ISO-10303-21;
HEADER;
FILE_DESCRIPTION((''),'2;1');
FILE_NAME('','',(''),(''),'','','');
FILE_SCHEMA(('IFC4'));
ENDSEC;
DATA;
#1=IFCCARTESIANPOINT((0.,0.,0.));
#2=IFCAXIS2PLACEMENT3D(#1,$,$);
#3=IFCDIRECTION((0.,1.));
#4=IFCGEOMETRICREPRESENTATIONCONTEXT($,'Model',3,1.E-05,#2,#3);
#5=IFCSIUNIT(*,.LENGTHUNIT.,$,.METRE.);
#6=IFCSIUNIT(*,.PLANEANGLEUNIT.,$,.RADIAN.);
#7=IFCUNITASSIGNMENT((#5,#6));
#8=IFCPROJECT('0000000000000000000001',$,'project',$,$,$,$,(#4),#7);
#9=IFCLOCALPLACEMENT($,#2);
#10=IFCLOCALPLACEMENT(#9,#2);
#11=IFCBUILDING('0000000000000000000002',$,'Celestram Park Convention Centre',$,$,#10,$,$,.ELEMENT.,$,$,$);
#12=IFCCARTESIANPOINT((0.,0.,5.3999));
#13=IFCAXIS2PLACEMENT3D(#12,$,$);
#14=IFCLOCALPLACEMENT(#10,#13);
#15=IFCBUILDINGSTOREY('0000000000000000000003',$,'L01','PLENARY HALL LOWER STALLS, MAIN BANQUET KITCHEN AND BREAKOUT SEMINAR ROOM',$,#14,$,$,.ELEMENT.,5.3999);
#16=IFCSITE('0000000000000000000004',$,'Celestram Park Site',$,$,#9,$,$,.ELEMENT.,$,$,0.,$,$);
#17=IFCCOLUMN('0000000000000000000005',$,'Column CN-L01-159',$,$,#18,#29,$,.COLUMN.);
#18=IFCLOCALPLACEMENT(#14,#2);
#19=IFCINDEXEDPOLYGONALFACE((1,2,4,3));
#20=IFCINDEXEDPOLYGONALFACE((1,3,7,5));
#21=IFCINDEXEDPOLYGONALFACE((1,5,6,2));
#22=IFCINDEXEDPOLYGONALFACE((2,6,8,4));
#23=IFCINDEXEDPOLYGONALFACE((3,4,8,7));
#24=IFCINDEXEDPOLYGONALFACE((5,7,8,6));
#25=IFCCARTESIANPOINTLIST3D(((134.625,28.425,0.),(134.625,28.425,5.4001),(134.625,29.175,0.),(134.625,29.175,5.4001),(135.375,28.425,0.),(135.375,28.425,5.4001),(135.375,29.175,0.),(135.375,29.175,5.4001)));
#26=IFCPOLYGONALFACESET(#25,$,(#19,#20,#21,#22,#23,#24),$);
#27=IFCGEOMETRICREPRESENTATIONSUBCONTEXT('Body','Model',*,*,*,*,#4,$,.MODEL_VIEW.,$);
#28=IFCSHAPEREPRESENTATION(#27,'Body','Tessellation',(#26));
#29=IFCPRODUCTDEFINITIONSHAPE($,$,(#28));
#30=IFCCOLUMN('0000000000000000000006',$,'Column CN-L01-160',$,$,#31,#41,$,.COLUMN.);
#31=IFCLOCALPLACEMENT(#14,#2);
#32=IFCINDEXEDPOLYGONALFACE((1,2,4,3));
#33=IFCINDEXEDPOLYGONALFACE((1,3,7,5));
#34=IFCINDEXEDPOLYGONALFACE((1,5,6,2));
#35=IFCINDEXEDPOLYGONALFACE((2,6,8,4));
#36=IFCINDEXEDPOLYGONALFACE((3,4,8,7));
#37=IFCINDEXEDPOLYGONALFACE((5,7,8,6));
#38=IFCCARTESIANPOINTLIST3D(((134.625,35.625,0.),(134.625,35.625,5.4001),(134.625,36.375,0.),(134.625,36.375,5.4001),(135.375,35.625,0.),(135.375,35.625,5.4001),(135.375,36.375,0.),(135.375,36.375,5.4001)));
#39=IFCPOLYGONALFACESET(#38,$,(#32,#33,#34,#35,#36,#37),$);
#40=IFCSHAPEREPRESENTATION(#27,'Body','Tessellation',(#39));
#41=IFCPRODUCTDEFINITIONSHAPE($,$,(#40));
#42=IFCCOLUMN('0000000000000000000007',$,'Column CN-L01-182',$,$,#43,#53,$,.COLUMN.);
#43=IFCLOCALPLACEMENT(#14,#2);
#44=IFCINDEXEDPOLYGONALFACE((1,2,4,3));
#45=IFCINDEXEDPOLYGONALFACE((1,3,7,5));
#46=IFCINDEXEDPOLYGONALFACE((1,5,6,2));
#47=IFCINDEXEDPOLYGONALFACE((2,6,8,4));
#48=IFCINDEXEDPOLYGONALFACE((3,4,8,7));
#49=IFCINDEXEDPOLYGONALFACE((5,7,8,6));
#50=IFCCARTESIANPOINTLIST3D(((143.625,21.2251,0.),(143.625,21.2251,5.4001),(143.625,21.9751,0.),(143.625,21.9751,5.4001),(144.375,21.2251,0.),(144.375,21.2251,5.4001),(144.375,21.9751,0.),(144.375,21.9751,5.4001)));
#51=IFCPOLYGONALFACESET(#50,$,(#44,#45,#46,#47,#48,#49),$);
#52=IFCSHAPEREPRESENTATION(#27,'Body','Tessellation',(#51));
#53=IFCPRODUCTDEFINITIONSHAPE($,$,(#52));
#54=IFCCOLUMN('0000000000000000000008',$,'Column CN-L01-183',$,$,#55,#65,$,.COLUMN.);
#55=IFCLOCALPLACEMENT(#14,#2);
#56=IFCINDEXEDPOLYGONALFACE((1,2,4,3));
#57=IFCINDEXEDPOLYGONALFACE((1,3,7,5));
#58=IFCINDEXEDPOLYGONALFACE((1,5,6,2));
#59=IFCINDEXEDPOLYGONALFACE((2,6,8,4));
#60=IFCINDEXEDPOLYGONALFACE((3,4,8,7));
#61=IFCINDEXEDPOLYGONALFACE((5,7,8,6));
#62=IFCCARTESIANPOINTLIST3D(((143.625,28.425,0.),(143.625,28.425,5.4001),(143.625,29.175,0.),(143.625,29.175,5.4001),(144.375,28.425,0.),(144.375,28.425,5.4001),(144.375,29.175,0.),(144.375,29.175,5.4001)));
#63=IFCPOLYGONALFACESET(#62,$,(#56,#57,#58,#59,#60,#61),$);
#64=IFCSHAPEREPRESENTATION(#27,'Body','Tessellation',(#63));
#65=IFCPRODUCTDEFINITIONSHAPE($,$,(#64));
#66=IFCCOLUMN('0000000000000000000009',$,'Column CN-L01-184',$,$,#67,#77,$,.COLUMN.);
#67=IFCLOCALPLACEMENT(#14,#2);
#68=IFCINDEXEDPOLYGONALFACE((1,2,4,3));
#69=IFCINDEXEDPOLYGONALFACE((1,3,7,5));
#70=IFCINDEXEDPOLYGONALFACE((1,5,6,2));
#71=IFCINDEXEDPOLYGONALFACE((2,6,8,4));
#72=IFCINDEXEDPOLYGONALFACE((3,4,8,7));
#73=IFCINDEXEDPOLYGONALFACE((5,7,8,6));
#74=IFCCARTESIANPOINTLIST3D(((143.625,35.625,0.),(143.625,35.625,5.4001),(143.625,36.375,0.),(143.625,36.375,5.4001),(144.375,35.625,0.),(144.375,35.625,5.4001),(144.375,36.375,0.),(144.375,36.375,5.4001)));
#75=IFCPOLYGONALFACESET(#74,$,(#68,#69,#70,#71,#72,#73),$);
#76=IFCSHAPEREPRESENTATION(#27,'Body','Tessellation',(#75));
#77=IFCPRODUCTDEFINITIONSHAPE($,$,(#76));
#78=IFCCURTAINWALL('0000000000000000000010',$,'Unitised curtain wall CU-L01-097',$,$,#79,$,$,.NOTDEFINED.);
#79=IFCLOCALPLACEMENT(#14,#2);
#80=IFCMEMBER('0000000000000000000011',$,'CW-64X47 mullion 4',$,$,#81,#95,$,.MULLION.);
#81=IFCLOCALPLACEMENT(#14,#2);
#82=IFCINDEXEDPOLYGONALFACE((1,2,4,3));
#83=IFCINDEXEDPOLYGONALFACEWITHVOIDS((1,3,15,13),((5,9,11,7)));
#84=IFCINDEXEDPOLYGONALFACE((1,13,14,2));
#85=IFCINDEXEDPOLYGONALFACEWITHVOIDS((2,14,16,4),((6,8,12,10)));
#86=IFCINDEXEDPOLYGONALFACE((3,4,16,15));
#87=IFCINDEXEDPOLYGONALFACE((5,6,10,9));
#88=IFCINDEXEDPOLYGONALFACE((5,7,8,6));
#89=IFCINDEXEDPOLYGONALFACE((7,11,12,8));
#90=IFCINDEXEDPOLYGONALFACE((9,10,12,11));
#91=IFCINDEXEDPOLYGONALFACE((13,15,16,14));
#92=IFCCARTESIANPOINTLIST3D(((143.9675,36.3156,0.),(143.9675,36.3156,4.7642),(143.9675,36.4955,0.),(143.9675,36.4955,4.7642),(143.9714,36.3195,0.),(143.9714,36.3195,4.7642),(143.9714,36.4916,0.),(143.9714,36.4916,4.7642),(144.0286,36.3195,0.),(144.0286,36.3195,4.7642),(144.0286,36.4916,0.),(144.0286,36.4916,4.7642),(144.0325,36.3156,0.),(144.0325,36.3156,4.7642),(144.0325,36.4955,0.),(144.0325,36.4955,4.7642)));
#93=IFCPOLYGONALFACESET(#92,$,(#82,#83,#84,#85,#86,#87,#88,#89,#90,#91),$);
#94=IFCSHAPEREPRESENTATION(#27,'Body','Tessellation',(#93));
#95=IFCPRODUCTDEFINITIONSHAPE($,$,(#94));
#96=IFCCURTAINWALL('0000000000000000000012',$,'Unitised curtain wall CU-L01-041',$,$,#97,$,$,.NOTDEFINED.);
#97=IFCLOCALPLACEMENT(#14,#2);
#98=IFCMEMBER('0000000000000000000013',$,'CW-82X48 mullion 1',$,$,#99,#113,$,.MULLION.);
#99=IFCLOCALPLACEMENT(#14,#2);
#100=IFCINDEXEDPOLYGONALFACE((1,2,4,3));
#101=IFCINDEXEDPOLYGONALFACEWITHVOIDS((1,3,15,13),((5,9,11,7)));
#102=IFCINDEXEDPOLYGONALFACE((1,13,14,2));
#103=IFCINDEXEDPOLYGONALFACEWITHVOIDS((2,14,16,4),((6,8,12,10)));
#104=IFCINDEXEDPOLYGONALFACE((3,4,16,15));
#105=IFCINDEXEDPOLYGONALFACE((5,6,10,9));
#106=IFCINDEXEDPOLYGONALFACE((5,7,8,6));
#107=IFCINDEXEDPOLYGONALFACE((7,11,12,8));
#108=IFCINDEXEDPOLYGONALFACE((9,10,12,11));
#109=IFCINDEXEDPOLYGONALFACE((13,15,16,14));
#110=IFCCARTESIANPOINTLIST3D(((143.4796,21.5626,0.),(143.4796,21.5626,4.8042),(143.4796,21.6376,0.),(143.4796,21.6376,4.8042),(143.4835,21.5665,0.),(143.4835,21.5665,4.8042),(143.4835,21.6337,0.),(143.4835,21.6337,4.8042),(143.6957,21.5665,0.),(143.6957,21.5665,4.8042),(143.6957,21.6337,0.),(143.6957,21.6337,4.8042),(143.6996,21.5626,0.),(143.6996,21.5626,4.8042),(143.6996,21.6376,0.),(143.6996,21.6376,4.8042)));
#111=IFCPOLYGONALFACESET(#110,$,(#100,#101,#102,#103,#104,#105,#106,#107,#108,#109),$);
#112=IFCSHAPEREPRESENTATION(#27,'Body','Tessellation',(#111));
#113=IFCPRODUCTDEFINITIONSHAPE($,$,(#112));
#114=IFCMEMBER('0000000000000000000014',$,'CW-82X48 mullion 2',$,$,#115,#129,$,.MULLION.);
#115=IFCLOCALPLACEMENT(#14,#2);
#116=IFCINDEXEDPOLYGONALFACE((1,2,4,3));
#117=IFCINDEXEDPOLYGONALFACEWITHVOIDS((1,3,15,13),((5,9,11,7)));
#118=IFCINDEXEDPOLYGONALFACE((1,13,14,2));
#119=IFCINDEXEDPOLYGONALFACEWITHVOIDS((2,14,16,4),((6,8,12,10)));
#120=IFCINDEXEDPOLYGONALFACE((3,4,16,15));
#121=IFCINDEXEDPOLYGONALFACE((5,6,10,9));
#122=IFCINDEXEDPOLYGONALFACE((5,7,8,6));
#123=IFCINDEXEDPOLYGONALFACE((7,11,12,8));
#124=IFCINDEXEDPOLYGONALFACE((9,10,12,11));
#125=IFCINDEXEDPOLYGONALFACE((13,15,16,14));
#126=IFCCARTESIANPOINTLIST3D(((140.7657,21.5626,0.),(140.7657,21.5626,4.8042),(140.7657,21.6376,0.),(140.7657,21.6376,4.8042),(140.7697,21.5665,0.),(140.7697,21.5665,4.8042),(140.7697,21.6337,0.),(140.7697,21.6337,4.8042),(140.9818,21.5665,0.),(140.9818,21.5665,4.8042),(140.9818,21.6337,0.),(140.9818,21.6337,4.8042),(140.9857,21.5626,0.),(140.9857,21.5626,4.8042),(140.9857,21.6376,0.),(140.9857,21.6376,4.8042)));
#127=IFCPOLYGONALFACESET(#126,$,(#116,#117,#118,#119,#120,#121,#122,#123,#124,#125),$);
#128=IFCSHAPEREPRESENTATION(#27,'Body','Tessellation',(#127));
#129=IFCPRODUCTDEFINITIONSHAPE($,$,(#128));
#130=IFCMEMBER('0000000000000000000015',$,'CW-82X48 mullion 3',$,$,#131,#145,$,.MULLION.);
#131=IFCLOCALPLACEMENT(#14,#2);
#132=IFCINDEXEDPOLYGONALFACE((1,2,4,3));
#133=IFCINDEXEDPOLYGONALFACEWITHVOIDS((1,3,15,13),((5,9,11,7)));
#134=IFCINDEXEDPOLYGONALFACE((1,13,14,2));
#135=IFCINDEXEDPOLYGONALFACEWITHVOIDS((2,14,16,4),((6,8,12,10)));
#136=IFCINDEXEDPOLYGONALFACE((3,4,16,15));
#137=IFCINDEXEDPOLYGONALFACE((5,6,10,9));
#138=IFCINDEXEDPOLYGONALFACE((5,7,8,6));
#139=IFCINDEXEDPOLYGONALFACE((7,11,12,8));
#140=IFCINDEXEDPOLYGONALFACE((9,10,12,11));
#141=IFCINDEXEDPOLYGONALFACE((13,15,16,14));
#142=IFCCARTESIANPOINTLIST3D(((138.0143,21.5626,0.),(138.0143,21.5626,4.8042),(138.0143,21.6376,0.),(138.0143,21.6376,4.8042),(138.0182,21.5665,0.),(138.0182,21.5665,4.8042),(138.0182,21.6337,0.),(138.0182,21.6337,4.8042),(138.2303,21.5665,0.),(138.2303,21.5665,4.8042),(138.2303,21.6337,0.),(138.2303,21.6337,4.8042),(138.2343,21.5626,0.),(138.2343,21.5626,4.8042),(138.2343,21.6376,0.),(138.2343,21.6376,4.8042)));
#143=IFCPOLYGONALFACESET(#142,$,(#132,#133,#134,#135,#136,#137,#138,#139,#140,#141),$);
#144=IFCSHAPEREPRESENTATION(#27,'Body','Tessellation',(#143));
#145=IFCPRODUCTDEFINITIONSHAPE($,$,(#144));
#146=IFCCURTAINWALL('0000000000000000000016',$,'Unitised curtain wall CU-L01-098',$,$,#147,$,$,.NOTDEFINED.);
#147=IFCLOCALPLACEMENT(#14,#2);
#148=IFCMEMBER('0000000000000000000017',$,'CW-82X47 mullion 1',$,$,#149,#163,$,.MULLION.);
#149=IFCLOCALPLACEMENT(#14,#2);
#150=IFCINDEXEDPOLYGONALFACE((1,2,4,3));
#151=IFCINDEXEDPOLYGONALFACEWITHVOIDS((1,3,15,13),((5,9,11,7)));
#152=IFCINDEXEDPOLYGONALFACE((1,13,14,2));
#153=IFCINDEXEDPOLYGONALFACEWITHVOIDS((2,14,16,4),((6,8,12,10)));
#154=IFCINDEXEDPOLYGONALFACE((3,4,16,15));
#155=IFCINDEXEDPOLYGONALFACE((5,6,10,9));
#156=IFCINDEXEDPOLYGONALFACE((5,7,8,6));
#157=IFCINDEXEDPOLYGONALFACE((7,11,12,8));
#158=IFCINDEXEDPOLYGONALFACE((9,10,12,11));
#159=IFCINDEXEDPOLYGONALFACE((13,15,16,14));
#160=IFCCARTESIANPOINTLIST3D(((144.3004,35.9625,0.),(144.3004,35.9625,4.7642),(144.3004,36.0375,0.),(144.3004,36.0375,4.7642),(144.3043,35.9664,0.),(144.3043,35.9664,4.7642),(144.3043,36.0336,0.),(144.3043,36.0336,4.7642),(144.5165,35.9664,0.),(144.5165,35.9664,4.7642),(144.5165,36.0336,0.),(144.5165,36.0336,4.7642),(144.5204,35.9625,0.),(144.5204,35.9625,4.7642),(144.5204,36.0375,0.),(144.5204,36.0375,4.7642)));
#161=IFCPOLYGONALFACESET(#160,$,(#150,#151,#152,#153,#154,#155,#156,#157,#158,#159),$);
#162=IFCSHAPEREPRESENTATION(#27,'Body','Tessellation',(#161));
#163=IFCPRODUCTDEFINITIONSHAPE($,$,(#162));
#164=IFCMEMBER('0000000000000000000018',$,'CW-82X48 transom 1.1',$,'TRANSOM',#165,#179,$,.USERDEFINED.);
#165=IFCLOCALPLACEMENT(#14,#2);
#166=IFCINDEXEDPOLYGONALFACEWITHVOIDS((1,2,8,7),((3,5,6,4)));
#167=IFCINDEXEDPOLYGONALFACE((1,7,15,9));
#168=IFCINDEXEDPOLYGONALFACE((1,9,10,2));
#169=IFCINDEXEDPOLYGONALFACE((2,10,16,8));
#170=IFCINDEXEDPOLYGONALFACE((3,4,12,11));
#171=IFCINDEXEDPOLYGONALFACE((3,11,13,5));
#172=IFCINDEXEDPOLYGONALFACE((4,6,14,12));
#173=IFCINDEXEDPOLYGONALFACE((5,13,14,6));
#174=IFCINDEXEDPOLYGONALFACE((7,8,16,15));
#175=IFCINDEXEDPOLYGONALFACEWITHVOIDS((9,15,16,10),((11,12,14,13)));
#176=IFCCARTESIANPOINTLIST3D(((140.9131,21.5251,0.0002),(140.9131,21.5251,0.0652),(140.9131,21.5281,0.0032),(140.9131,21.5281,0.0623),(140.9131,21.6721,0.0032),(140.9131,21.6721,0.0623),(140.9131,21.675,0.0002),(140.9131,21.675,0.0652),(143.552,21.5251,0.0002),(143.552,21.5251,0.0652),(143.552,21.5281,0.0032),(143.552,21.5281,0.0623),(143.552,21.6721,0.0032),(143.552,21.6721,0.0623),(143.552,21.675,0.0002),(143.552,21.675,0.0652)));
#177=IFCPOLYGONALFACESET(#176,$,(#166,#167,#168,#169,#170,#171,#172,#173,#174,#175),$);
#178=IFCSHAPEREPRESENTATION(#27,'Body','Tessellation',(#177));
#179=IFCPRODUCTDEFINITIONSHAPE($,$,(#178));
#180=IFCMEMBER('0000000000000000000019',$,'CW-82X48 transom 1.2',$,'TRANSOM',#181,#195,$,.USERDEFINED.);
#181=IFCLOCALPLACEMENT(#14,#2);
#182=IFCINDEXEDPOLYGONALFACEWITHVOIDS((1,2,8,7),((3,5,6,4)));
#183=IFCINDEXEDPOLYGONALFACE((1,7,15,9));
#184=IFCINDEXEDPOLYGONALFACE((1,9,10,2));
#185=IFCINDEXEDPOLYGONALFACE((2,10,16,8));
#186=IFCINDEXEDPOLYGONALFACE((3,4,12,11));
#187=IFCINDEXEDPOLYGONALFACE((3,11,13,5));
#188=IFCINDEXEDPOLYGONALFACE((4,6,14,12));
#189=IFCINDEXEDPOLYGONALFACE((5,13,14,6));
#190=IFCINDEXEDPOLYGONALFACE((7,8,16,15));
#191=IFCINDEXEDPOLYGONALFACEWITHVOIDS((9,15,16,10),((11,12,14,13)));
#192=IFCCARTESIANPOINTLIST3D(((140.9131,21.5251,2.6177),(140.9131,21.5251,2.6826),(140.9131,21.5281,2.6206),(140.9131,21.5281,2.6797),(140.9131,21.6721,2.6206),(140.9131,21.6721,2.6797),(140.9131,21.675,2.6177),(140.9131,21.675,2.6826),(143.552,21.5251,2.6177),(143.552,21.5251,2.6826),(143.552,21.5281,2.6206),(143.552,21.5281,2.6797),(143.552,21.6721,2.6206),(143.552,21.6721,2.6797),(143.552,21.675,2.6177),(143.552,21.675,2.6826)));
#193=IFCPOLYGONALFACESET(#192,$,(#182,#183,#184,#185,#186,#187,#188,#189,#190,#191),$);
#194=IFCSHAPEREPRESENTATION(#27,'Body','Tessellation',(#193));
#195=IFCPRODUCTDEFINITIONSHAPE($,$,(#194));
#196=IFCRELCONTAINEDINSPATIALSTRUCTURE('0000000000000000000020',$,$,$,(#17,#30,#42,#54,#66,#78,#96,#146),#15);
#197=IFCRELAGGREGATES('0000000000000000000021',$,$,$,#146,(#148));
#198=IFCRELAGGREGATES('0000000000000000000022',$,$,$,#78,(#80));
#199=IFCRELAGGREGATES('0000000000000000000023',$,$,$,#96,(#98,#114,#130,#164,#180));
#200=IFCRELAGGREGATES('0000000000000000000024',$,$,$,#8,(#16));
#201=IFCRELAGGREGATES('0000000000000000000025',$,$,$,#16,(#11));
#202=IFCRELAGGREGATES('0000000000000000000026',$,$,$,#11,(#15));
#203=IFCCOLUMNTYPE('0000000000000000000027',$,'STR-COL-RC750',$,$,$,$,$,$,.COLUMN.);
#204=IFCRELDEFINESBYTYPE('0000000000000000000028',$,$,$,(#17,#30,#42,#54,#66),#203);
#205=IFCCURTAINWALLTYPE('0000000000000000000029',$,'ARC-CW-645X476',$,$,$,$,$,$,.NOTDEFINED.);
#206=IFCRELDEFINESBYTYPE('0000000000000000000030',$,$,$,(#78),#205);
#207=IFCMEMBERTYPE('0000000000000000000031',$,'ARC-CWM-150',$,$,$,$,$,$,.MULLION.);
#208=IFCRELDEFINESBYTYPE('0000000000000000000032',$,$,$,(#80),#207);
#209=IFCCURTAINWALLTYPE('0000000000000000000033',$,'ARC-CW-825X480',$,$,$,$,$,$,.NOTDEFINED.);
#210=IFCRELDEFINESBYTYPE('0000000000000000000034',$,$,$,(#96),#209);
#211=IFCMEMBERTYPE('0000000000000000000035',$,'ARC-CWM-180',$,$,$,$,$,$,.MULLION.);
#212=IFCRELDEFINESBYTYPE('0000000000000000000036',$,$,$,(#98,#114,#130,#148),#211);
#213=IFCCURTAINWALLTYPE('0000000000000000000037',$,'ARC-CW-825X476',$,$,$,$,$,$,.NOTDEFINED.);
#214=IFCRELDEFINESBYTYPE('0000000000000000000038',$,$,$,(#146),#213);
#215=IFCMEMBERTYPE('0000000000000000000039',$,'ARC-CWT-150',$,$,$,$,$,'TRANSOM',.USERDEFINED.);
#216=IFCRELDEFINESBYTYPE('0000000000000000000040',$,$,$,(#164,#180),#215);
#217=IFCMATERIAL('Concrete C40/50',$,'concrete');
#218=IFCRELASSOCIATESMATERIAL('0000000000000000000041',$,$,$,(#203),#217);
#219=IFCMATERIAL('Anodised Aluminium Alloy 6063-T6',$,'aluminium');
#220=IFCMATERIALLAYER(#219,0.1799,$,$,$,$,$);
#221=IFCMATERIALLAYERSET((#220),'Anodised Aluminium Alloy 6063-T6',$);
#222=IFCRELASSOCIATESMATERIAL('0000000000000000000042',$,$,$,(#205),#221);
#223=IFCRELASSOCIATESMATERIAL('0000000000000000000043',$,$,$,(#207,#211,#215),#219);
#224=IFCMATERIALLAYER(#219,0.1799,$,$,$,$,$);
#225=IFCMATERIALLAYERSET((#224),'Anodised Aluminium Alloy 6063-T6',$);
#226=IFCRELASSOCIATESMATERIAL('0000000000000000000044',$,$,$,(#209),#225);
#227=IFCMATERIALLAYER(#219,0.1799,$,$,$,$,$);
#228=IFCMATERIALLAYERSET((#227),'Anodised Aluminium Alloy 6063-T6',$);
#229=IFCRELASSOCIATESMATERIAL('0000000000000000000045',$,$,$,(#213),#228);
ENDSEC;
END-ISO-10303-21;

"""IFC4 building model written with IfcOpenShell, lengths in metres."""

from ifc_helpers import new_model, si_unit, direction, frame, origin, origin_2d, place, context, subcontext, project, spatial, rectangle, hollow_rectangle, extrude, material, layer, layer_set, material_profile, profile_set, type_object, element, aggregate, save


model = new_model("IFC4")

# Units and contexts
model_context = context("Model", 3, precision=1e-05, world=origin(), true_north=direction((0.0, 1.0)))
body_context = subcontext(model_context, "Body", "Model", "MODEL_VIEW")
ifc_project = project(units=[si_unit("LENGTHUNIT", "METRE"), si_unit("PLANEANGLEUNIT", "RADIAN")], contexts=[model_context])

# Site, building, storey
site_placement = place(None, origin())
site = spatial("IfcSite", under=ifc_project, at=site_placement, Name="Celestram Park Site", CompositionType="ELEMENT", RefElevation=0.0)
building_placement = place(site_placement, origin())
building = spatial("IfcBuilding", under=site, at=building_placement, Name="Celestram Park Convention Centre", CompositionType="ELEMENT")
storey_placement = place(building_placement, frame((0.0, 0.0, 5.3999)))
storey = spatial("IfcBuildingStorey", under=building, at=storey_placement, Name="L01", Description="PLENARY HALL LOWER STALLS, MAIN BANQUET KITCHEN AND BREAKOUT SEMINAR ROOM", CompositionType="ELEMENT", Elevation=5.3999)

# Columns
ifc_material_1 = material(Name="Concrete C40/50", Category="concrete")
ifc_material_profile_1 = material_profile(ifc_material_1, rectangle(XDim=0.75, YDim=0.75, at=origin_2d()), Name="RC750X750")
ifc_profile_set_1 = profile_set([ifc_material_profile_1], Name="Concrete C40/50")
column_type = type_object("IfcColumnType", Name="STR-COL-RC750", PredefinedType="COLUMN", material=ifc_profile_set_1)
for number, where, z_axis, x_axis, name in (
    (1, (135.0, 28.8, 0.0), (0.0, 0.0, 1.0), (1.0, 0.0, 0.0), "Column CN-L01-159"),
    (2, (135.0, 36.0, 0.0), (0.0, 0.0, 1.0), (1.0, 0.0, 0.0), "Column CN-L01-160"),
    (3, (144.0, 21.6001, 0.0), (0.0, 0.0, 1.0), (1.0, 0.0, 0.0), "Column CN-L01-182"),
    (4, (144.0, 28.8, 0.0), (0.0, 0.0, 1.0), (1.0, 0.0, 0.0), "Column CN-L01-183"),
    (5, (144.0, 36.0, 0.0), (0.0, 0.0, 1.0), (1.0, 0.0, 0.0), "Column CN-L01-184"),
):
    element("IfcColumn", number, at=place(storey_placement, frame(where, z_axis=z_axis, x_axis=x_axis)), inside=storey, type_object=column_type, Name=name, PredefinedType="COLUMN", context=body_context, shape_type="SweptSolid", body=[
        extrude(rectangle(XDim=0.75, YDim=0.75, at=origin_2d()), origin(), (0.0, 0.0, 1.0), 5.4001),
    ])

# Curtain wall, member
ifc_material_2 = material(Name="Anodised Aluminium Alloy 6063-T6", Category="aluminium")
ifc_layer_1 = layer(ifc_material_2, 0.1799)
ifc_layer_set_1 = layer_set([ifc_layer_1], Name="Anodised Aluminium Alloy 6063-T6")
curtain_wall_type_1 = type_object("IfcCurtainWallType", Name="ARC-CW-645X476", PredefinedType="NOTDEFINED", material=ifc_layer_set_1)
curtain_wall_1_placement = place(storey_placement, origin())
curtain_wall_1 = element("IfcCurtainWall", 6, at=curtain_wall_1_placement, inside=storey, type_object=curtain_wall_type_1, Name="Unitised curtain wall CU-L01-097", PredefinedType="NOTDEFINED")
ifc_material_profile_2 = material_profile(ifc_material_2, hollow_rectangle(XDim=0.0649, YDim=0.1799, WallThickness=0.0039, at=origin_2d()), Name="ALU65X180X4")
ifc_profile_set_2 = profile_set([ifc_material_profile_2], Name="Anodised Aluminium Alloy 6063-T6")
member_type_1 = type_object("IfcMemberType", Name="ARC-CWM-150", PredefinedType="MULLION", material=ifc_profile_set_2)
member_1_placement = place(storey_placement, frame((144.0, 36.4055, 0.0), z_axis=(0.0, 0.0, 1.0), x_axis=(1.0, 0.0, 0.0)))
member_1 = element("IfcMember", 7, at=member_1_placement, type_object=member_type_1, Name="CW-64X47 mullion 4", PredefinedType="MULLION", context=body_context, shape_type="SweptSolid", body=[
    extrude(hollow_rectangle(XDim=0.0649, YDim=0.1799, WallThickness=0.0039, at=origin_2d()), origin(), (0.0, 0.0, 1.0), 4.7642),
])

# Curtain wall, members
ifc_layer_2 = layer(ifc_material_2, 0.1799)
ifc_layer_set_2 = layer_set([ifc_layer_2], Name="Anodised Aluminium Alloy 6063-T6")
curtain_wall_type_2 = type_object("IfcCurtainWallType", Name="ARC-CW-825X480", PredefinedType="NOTDEFINED", material=ifc_layer_set_2)
curtain_wall_2_placement = place(storey_placement, origin())
curtain_wall_2 = element("IfcCurtainWall", 8, at=curtain_wall_2_placement, inside=storey, type_object=curtain_wall_type_2, Name="Unitised curtain wall CU-L01-041", PredefinedType="NOTDEFINED")
ifc_material_profile_3 = material_profile(ifc_material_2, hollow_rectangle(XDim=0.075, YDim=0.22, WallThickness=0.0039, at=origin_2d()), Name="ALU75X220X4")
ifc_profile_set_3 = profile_set([ifc_material_profile_3], Name="Anodised Aluminium Alloy 6063-T6")
member_type_2 = type_object("IfcMemberType", Name="ARC-CWM-180", PredefinedType="MULLION", material=ifc_profile_set_3)
member_2_placement = place(storey_placement, frame((143.5896, 21.6001, 0.0), z_axis=(0.0, 0.0, 1.0), x_axis=(0.0, -1.0, 0.0)))
member_2 = element("IfcMember", 9, at=member_2_placement, type_object=member_type_2, Name="CW-82X48 mullion 1", PredefinedType="MULLION", context=body_context, shape_type="SweptSolid", body=[
    extrude(hollow_rectangle(XDim=0.075, YDim=0.22, WallThickness=0.0039, at=origin_2d()), origin(), (0.0, 0.0, 1.0), 4.8042),
])
member_3_placement = place(storey_placement, frame((140.8757, 21.6001, 0.0), z_axis=(0.0, 0.0, 1.0), x_axis=(0.0, -1.0, 0.0)))
member_3 = element("IfcMember", 10, at=member_3_placement, type_object=member_type_2, Name="CW-82X48 mullion 2", PredefinedType="MULLION", context=body_context, shape_type="SweptSolid", body=[
    extrude(hollow_rectangle(XDim=0.075, YDim=0.22, WallThickness=0.0039, at=origin_2d()), origin(), (0.0, 0.0, 1.0), 4.8042),
])
member_4_placement = place(storey_placement, frame((138.1243, 21.6001, 0.0), z_axis=(0.0, 0.0, 1.0), x_axis=(0.0, -1.0, 0.0)))
member_4 = element("IfcMember", 11, at=member_4_placement, type_object=member_type_2, Name="CW-82X48 mullion 3", PredefinedType="MULLION", context=body_context, shape_type="SweptSolid", body=[
    extrude(hollow_rectangle(XDim=0.075, YDim=0.22, WallThickness=0.0039, at=origin_2d()), origin(), (0.0, 0.0, 1.0), 4.8042),
])

# Curtain wall, member
ifc_layer_3 = layer(ifc_material_2, 0.1799)
ifc_layer_set_3 = layer_set([ifc_layer_3], Name="Anodised Aluminium Alloy 6063-T6")
curtain_wall_type_3 = type_object("IfcCurtainWallType", Name="ARC-CW-825X476", PredefinedType="NOTDEFINED", material=ifc_layer_set_3)
curtain_wall_3_placement = place(storey_placement, origin())
curtain_wall_3 = element("IfcCurtainWall", 12, at=curtain_wall_3_placement, inside=storey, type_object=curtain_wall_type_3, Name="Unitised curtain wall CU-L01-098", PredefinedType="NOTDEFINED")
member_5_placement = place(storey_placement, frame((144.4104, 36.0, 0.0), z_axis=(0.0, 0.0, 1.0), x_axis=(0.0, 1.0, 0.0)))
member_5 = element("IfcMember", 13, at=member_5_placement, type_object=member_type_2, Name="CW-82X47 mullion 1", PredefinedType="MULLION", context=body_context, shape_type="SweptSolid", body=[
    extrude(hollow_rectangle(XDim=0.075, YDim=0.22, WallThickness=0.0039, at=origin_2d()), origin(), (0.0, 0.0, 1.0), 4.7642),
])

# Members
ifc_material_profile_4 = material_profile(ifc_material_2, hollow_rectangle(XDim=0.1499, YDim=0.0649, WallThickness=0.0029, at=origin_2d()), Name="ALU150X65X3")
ifc_profile_set_4 = profile_set([ifc_material_profile_4], Name="Anodised Aluminium Alloy 6063-T6")
member_type_3 = type_object("IfcMemberType", Name="ARC-CWT-150", ElementType="TRANSOM", PredefinedType="USERDEFINED", material=ifc_profile_set_4)
member_6_placement = place(storey_placement, frame((143.552, 21.6001, 0.0327), z_axis=(-1.0, 0.0, 0.0), x_axis=(0.0, -1.0, 0.0)))
member_6 = element("IfcMember", 14, at=member_6_placement, type_object=member_type_3, Name="CW-82X48 transom 1.1", ObjectType="TRANSOM", PredefinedType="USERDEFINED", context=body_context, shape_type="SweptSolid", body=[
    extrude(hollow_rectangle(XDim=0.1499, YDim=0.0649, WallThickness=0.0029, at=origin_2d()), origin(), (0.0, 0.0, 1.0), 2.6389),
])
member_7_placement = place(storey_placement, frame((143.552, 21.6001, 2.6501), z_axis=(-1.0, 0.0, 0.0), x_axis=(0.0, -1.0, 0.0)))
member_7 = element("IfcMember", 15, at=member_7_placement, type_object=member_type_3, Name="CW-82X48 transom 1.2", ObjectType="TRANSOM", PredefinedType="USERDEFINED", context=body_context, shape_type="SweptSolid", body=[
    extrude(hollow_rectangle(XDim=0.1499, YDim=0.0649, WallThickness=0.0029, at=origin_2d()), origin(), (0.0, 0.0, 1.0), 2.6389),
])
aggregate(curtain_wall_3, [member_5])

aggregate(curtain_wall_1, [member_1])
aggregate(curtain_wall_2, [member_2, member_3, member_4, member_6, member_7])

save(model, "model.ifc")
